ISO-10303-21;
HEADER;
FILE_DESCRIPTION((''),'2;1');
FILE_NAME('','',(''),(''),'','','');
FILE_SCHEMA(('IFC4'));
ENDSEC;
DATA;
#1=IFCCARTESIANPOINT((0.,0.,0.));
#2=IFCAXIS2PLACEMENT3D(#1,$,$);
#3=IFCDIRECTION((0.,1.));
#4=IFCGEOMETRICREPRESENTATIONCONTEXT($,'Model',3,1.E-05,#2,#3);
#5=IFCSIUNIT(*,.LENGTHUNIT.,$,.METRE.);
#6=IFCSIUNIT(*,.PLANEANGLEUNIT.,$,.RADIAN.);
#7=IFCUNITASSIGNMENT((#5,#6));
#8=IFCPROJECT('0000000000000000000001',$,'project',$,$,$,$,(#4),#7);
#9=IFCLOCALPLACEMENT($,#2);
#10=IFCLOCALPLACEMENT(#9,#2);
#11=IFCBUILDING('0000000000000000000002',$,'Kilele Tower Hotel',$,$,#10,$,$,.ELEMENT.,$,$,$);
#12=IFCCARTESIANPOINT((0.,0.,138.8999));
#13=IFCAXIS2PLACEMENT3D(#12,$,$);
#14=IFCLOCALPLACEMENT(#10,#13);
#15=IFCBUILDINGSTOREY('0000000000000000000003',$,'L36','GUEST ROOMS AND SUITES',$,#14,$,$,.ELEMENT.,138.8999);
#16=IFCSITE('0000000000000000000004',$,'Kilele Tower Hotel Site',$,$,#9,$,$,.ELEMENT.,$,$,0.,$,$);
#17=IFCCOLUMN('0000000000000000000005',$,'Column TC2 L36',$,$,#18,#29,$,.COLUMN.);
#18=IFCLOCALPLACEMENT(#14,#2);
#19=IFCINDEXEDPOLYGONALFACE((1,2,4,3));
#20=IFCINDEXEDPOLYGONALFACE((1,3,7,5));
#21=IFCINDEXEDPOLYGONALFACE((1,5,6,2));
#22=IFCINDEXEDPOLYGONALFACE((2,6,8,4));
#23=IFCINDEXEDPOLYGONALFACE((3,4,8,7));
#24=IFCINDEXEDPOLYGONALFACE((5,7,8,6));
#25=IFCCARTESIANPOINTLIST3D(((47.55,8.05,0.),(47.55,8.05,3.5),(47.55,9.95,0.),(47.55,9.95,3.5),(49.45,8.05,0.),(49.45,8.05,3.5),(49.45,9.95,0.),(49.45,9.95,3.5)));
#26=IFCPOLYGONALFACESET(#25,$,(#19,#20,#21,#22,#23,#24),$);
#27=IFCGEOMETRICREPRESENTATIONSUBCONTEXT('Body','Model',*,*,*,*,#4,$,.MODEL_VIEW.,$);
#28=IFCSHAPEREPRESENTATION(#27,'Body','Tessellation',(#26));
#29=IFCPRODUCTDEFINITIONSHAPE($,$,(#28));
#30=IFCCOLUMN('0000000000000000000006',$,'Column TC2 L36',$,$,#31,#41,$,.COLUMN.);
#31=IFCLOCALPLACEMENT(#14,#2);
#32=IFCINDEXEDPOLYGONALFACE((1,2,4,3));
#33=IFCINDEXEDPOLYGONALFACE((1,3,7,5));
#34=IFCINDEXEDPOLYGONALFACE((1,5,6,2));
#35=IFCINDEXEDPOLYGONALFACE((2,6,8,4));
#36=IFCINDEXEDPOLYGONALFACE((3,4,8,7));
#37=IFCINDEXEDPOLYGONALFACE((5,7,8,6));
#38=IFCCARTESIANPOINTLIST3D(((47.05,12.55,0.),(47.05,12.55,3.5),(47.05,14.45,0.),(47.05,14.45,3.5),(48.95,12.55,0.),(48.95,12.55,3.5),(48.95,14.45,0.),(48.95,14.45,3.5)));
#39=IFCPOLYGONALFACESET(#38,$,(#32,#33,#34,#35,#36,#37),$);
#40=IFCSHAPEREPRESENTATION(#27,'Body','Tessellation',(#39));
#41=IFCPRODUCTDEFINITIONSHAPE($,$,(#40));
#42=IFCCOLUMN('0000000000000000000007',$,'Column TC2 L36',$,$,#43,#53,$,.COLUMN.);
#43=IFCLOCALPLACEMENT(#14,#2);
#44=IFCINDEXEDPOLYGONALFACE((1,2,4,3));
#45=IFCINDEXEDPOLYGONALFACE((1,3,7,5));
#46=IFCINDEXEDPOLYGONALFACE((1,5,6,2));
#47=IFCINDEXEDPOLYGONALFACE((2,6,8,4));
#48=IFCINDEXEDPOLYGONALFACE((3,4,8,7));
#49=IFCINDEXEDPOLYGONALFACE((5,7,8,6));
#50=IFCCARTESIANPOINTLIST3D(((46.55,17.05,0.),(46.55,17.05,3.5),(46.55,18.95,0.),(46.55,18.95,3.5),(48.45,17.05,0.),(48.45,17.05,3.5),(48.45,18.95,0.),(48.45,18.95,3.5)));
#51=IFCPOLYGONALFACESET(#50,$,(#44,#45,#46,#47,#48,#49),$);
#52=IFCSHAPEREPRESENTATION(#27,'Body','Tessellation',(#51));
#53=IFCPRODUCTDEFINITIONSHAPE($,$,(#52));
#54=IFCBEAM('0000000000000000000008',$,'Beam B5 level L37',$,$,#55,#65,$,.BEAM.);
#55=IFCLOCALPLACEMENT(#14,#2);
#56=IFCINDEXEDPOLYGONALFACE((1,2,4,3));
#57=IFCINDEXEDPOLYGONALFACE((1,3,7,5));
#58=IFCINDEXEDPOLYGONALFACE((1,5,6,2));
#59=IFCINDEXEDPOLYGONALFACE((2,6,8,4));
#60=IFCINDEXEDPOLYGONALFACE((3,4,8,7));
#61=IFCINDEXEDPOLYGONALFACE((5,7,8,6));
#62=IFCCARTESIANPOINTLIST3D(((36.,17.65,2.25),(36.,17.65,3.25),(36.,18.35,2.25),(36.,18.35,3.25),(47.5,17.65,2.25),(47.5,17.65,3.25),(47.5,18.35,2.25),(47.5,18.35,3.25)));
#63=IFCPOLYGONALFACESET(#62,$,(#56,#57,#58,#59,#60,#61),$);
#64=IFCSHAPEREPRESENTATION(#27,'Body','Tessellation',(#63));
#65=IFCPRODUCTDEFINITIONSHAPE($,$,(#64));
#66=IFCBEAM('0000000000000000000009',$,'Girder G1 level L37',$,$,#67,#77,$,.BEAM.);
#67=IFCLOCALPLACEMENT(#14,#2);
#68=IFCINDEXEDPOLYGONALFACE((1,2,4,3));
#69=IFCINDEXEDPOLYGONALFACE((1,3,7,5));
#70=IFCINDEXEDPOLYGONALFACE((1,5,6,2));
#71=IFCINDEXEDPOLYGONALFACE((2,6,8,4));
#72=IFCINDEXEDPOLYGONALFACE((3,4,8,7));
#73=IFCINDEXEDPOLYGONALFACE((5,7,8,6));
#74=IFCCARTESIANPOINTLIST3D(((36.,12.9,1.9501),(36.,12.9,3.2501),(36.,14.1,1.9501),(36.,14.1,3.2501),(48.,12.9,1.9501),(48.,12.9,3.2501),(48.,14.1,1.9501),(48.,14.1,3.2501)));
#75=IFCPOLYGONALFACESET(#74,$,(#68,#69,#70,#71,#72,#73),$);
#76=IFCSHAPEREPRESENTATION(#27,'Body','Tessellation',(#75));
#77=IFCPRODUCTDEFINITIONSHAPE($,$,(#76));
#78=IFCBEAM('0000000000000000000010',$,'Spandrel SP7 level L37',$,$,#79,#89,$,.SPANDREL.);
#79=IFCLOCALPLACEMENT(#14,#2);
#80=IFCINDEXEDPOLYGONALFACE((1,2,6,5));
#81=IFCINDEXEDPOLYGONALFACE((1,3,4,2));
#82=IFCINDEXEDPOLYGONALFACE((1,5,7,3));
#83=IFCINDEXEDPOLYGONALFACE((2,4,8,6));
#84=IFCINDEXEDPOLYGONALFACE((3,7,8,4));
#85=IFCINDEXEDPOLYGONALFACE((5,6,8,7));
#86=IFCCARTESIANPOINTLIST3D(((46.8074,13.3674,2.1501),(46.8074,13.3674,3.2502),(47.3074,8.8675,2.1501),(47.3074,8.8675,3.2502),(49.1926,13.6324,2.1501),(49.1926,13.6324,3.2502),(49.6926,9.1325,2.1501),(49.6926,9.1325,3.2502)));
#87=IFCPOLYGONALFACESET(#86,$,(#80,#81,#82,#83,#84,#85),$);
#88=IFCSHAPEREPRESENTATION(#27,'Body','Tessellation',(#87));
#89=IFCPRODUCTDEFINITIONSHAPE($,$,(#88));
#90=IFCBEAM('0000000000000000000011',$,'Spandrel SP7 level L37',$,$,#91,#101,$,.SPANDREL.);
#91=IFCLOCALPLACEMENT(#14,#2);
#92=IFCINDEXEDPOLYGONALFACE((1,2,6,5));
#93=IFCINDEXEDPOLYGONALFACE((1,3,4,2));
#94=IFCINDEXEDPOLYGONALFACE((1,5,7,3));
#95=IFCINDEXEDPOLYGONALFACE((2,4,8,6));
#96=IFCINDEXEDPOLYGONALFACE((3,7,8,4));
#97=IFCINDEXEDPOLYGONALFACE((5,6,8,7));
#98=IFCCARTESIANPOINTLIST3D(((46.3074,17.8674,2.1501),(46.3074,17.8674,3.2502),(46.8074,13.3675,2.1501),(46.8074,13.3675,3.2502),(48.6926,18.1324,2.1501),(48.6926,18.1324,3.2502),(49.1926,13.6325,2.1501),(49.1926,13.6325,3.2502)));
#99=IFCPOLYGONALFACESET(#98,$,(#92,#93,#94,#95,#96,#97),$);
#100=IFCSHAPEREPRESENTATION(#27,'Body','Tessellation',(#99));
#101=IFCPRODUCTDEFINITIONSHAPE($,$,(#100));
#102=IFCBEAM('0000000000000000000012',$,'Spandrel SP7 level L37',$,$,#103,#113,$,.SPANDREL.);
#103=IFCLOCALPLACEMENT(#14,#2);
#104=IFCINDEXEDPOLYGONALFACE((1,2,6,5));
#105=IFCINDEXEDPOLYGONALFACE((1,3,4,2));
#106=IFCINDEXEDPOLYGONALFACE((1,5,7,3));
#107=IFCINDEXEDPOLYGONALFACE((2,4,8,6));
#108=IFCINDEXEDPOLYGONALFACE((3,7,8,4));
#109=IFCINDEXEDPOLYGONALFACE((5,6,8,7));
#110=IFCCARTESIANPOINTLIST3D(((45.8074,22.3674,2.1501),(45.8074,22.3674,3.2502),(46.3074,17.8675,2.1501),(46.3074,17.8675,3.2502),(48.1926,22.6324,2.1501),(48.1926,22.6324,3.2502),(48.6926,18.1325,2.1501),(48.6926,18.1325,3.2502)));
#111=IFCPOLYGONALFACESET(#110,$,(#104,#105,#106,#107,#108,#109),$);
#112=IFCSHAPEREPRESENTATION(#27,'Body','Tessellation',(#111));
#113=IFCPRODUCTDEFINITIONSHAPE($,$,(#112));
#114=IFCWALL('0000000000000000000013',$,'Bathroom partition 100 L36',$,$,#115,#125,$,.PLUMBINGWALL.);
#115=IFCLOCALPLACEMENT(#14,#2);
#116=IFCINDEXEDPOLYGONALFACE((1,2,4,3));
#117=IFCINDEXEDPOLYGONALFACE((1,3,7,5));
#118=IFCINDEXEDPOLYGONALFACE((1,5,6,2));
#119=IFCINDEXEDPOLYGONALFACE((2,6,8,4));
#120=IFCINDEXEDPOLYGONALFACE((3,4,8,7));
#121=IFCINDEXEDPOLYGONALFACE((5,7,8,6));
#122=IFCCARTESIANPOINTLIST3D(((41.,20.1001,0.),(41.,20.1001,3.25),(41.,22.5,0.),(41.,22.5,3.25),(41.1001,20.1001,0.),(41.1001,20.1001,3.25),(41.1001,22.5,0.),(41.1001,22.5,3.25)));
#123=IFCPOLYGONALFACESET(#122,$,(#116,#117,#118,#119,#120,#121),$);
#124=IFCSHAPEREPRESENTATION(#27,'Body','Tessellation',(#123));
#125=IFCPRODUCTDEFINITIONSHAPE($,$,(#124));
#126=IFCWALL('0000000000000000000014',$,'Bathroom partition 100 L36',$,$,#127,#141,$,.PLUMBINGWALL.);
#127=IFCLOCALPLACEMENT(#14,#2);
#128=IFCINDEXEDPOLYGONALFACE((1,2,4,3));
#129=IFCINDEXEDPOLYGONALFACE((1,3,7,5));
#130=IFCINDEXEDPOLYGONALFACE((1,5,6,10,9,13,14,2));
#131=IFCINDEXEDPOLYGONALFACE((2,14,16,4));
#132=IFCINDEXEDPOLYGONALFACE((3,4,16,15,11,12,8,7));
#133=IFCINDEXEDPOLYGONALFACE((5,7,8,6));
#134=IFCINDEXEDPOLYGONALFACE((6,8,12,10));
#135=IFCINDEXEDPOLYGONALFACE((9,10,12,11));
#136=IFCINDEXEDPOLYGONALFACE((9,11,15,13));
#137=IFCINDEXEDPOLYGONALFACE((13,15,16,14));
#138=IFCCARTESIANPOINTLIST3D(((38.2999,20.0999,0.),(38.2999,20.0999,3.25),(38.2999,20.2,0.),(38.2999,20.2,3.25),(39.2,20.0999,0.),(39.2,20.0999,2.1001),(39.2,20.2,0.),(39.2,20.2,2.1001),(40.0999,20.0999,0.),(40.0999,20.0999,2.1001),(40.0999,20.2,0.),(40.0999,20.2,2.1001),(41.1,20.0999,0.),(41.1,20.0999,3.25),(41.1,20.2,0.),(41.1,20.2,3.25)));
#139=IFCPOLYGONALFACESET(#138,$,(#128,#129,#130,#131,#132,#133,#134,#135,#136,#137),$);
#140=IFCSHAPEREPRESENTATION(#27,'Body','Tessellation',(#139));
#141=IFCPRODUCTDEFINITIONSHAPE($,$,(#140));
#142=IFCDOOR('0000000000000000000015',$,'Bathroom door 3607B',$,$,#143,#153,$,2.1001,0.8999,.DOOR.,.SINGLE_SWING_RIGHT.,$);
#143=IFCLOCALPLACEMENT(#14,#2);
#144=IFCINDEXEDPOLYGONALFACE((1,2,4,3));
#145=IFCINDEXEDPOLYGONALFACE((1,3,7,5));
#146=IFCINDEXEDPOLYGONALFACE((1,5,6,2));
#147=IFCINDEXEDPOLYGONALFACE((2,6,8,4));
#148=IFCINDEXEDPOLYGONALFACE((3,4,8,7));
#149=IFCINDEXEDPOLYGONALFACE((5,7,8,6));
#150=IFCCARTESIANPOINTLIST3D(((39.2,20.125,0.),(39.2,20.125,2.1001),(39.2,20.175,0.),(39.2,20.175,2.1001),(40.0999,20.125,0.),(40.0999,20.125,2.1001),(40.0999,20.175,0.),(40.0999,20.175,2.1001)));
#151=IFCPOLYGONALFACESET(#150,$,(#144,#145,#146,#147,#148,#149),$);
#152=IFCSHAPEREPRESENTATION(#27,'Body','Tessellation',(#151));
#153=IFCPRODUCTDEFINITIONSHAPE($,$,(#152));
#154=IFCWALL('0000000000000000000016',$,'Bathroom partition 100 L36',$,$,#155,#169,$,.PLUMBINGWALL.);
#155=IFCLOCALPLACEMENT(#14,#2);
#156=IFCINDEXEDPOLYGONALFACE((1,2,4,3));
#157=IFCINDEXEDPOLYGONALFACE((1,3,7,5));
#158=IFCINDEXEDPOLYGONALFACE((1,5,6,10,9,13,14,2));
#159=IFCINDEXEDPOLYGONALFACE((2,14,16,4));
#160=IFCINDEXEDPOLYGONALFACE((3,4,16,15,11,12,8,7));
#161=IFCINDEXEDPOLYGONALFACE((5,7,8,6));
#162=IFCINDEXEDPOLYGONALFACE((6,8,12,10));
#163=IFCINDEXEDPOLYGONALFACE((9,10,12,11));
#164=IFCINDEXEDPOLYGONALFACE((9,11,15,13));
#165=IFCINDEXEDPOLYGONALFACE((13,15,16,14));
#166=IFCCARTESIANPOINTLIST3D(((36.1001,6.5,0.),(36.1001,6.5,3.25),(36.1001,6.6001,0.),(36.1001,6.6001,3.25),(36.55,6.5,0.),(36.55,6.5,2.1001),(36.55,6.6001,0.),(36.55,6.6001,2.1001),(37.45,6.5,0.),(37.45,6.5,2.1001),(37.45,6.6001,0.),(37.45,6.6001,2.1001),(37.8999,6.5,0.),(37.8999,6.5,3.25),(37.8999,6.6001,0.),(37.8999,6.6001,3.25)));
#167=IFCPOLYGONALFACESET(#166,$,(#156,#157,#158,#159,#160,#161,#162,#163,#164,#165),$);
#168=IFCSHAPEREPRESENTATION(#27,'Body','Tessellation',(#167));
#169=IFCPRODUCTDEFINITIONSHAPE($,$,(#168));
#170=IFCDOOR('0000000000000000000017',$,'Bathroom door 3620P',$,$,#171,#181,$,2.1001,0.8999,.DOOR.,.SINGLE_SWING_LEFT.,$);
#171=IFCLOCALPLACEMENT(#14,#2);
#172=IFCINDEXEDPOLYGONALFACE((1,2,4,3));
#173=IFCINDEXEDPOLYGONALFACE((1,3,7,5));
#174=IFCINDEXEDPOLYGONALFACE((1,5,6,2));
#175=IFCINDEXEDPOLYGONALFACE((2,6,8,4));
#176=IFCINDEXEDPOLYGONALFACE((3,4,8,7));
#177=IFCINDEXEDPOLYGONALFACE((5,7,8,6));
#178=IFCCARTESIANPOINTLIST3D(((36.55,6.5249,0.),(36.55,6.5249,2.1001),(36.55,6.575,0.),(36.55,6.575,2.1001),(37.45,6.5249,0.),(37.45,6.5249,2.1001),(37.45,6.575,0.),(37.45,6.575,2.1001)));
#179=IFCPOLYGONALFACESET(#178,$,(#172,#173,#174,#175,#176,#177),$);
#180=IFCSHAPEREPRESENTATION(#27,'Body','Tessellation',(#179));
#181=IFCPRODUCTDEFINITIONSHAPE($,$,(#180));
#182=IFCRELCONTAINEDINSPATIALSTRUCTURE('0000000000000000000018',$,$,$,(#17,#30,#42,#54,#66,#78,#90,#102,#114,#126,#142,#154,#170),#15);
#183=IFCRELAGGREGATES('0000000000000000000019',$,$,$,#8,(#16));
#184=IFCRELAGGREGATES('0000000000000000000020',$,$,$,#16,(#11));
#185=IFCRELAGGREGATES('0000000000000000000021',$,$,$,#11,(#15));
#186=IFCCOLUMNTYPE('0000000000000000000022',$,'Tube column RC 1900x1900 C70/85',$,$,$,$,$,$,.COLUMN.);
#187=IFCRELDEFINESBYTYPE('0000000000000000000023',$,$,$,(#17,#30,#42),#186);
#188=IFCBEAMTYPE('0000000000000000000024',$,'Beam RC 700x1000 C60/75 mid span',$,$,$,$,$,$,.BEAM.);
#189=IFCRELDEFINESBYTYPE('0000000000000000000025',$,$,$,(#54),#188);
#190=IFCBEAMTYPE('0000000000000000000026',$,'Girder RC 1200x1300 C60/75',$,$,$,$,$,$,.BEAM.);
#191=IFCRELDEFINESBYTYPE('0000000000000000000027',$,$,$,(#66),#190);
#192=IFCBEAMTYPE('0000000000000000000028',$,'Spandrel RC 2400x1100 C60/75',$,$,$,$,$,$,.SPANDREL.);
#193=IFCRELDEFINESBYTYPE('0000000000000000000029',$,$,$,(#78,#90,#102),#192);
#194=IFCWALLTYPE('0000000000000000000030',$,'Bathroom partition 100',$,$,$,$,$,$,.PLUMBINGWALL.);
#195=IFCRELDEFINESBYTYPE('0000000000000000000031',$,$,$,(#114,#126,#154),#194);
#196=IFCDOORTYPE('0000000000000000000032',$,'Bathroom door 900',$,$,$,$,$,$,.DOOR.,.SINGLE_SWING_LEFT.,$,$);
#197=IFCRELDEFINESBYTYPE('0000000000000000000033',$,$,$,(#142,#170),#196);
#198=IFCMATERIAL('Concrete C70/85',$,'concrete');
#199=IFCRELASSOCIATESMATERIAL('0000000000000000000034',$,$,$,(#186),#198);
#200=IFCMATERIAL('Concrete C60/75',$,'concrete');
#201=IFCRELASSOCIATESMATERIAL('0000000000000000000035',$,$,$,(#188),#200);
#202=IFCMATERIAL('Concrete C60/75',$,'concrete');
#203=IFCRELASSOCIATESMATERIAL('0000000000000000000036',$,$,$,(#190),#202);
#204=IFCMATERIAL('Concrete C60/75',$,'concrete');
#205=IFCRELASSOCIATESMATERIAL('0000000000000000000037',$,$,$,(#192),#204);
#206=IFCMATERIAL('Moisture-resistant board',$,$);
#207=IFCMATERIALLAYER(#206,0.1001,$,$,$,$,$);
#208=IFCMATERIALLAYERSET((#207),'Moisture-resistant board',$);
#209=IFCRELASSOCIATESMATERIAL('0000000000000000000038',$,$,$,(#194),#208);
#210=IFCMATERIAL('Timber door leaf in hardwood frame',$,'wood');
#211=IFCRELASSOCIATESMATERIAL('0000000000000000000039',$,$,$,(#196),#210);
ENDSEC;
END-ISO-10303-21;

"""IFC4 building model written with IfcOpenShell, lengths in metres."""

from ifc_helpers import new_model, si_unit, direction, frame, frame_2d, origin, origin_2d, place, context, subcontext, project, spatial, rectangle, extrude, material, layer, layer_set, material_profile, profile_set, type_object, element, fill, save


model = new_model("IFC4")

# Units and contexts
model_context = context("Model", 3, precision=1e-05, world=origin(), true_north=direction((0.0, 1.0)))
body_context = subcontext(model_context, "Body", "Model", "MODEL_VIEW")
ifc_project = project(units=[si_unit("LENGTHUNIT", "METRE"), si_unit("PLANEANGLEUNIT", "RADIAN")], contexts=[model_context])

# Site, building, storey
site_placement = place(None, origin())
site = spatial("IfcSite", under=ifc_project, at=site_placement, Name="Kilele Tower Hotel Site", CompositionType="ELEMENT", RefElevation=0.0)
building_placement = place(site_placement, origin())
building = spatial("IfcBuilding", under=site, at=building_placement, Name="Kilele Tower Hotel", CompositionType="ELEMENT")
storey_placement = place(building_placement, frame((0.0, 0.0, 138.8999)))
storey = spatial("IfcBuildingStorey", under=building, at=storey_placement, Name="L36", Description="GUEST ROOMS AND SUITES", CompositionType="ELEMENT", Elevation=138.8999)

# Columns
ifc_material_1 = material(Name="Concrete C70/85", Category="concrete")
ifc_material_profile_1 = material_profile(ifc_material_1, rectangle(XDim=1.8999, YDim=1.8999, at=origin_2d()))
ifc_profile_set_1 = profile_set([ifc_material_profile_1], Name="Concrete C70/85")
column_type = type_object("IfcColumnType", Name="Tube column RC 1900x1900 C70/85", PredefinedType="COLUMN", material=ifc_profile_set_1)
for number, where, z_axis, x_axis, name in (
    (1, (48.5, 9.0, 0.0), (0.0, 0.0, 1.0), (1.0, 0.0, 0.0), "Column TC2 L36"),
    (2, (48.0, 13.5, 0.0), (0.0, 0.0, 1.0), (1.0, 0.0, 0.0), "Column TC2 L36"),
    (3, (47.5, 18.0, 0.0), (0.0, 0.0, 1.0), (1.0, 0.0, 0.0), "Column TC2 L36"),
):
    element("IfcColumn", number, at=place(storey_placement, frame(where, z_axis=z_axis, x_axis=x_axis)), inside=storey, type_object=column_type, Name=name, PredefinedType="COLUMN", context=body_context, shape_type="SweptSolid", body=[
        extrude(rectangle(XDim=1.8999, YDim=1.8999, at=origin_2d()), origin(), (0.0, 0.0, 1.0), 3.5),
    ])

# Beams
ifc_material_2 = material(Name="Concrete C60/75", Category="concrete")
ifc_material_profile_2 = material_profile(ifc_material_2, rectangle(XDim=0.7, YDim=1.0, at=origin_2d()))
ifc_profile_set_2 = profile_set([ifc_material_profile_2], Name="Concrete C60/75")
beam_type_1 = type_object("IfcBeamType", Name="Beam RC 700x1000 C60/75 mid span", PredefinedType="BEAM", material=ifc_profile_set_2)
beam_1_placement = place(storey_placement, frame((47.5, 18.0, 2.75), z_axis=(-1.0, 0.0, 0.0), x_axis=(0.0, -1.0, 0.0)))
element("IfcBeam", 4, at=beam_1_placement, inside=storey, type_object=beam_type_1, Name="Beam B5 level L37", PredefinedType="BEAM", context=body_context, shape_type="SweptSolid", body=[
    extrude(rectangle(XDim=0.7, YDim=1.0, at=origin_2d()), origin(), (0.0, 0.0, 1.0), 11.5),
])
ifc_material_3 = material(Name="Concrete C60/75", Category="concrete")
ifc_material_profile_3 = material_profile(ifc_material_3, rectangle(XDim=1.2, YDim=1.3, at=origin_2d()))
ifc_profile_set_3 = profile_set([ifc_material_profile_3], Name="Concrete C60/75")
beam_type_2 = type_object("IfcBeamType", Name="Girder RC 1200x1300 C60/75", PredefinedType="BEAM", material=ifc_profile_set_3)
beam_2_placement = place(storey_placement, frame((48.0, 13.5, 2.6001), z_axis=(-1.0, 0.0, 0.0), x_axis=(0.0, -1.0, 0.0)))
element("IfcBeam", 5, at=beam_2_placement, inside=storey, type_object=beam_type_2, Name="Girder G1 level L37", PredefinedType="BEAM", context=body_context, shape_type="SweptSolid", body=[
    extrude(rectangle(XDim=1.2, YDim=1.3, at=origin_2d()), origin(), (0.0, 0.0, 1.0), 12.0),
])
ifc_material_4 = material(Name="Concrete C60/75", Category="concrete")
ifc_material_profile_4 = material_profile(ifc_material_4, rectangle(XDim=2.3999, YDim=1.1001, at=origin_2d()))
ifc_profile_set_4 = profile_set([ifc_material_profile_4], Name="Concrete C60/75")
beam_type_3 = type_object("IfcBeamType", Name="Spandrel RC 2400x1100 C60/75", PredefinedType="SPANDREL", material=ifc_profile_set_4)
for number, where, z_axis, x_axis, name in (
    (6, (48.5, 9.0, 2.7002), (-0.110432, 0.993884, 0.0), (-0.993884, -0.110432, 0.0), "Spandrel SP7 level L37"),
    (7, (48.0, 13.5, 2.7002), (-0.110432, 0.993884, 0.0), (-0.993884, -0.110432, 0.0), "Spandrel SP7 level L37"),
    (8, (47.5, 18.0, 2.7002), (-0.110432, 0.993884, 0.0), (-0.993884, -0.110432, 0.0), "Spandrel SP7 level L37"),
):
    element("IfcBeam", number, at=place(storey_placement, frame(where, z_axis=z_axis, x_axis=x_axis)), inside=storey, type_object=beam_type_3, Name=name, PredefinedType="SPANDREL", context=body_context, shape_type="SweptSolid", body=[
        extrude(rectangle(XDim=2.3999, YDim=1.1001, at=origin_2d()), origin(), (0.0, 0.0, 1.0), 4.5276),
    ])

# Wall
ifc_material_5 = material(Name="Moisture-resistant board")
ifc_layer_1 = layer(ifc_material_5, 0.1001)
ifc_layer_set_1 = layer_set([ifc_layer_1], Name="Moisture-resistant board")
wall_type_1 = type_object("IfcWallType", Name="Bathroom partition 100", PredefinedType="PLUMBINGWALL", material=ifc_layer_set_1)
wall_1_placement = place(storey_placement, frame((41.05, 20.1001, 0.0), z_axis=(0.0, 0.0, 1.0), x_axis=(0.0, 1.0, 0.0)))
element("IfcWall", 9, at=wall_1_placement, inside=storey, type_object=wall_type_1, Name="Bathroom partition 100 L36", PredefinedType="PLUMBINGWALL", context=body_context, shape_type="SweptSolid", body=[
    extrude(rectangle(XDim=2.3999, YDim=0.1001, at=frame_2d((1.2, 0.0))), origin(), (0.0, 0.0, 1.0), 3.25),
])

# Walls, openings, doors
wall_2_placement = place(storey_placement, frame((38.3, 20.1499, 0.0), z_axis=(0.0, 0.0, 1.0), x_axis=(1.0, 0.0, 0.0)))
wall_2 = element("IfcWall", 10, at=wall_2_placement, inside=storey, type_object=wall_type_1, Name="Bathroom partition 100 L36", PredefinedType="PLUMBINGWALL", context=body_context, shape_type="SweptSolid", body=[
    extrude(rectangle(XDim=2.8, YDim=0.1001, at=frame_2d((1.3999, 0.0))), origin(), (0.0, 0.0, 1.0), 3.25),
])
opening_1_placement = place(wall_2_placement, frame((1.7998, 0.0, 0.0), z_axis=(0.0, 0.0, 1.0), x_axis=(-1.0, 0.0, 0.0)))
opening_1 = element("IfcOpeningElement", 11, at=opening_1_placement, cuts=wall_2, PredefinedType="OPENING", context=body_context, shape_type="SweptSolid", body=[
    extrude(rectangle(XDim=0.8999, YDim=2.1001, at=frame_2d((0.45, 1.05))), frame((0.0, 0.0601, 0.0), z_axis=(0.0, -1.0, 0.0), x_axis=(1.0, 0.0, 0.0)), (0.0, 0.0, 1.0), 0.1201),
])
ifc_material_6 = material(Name="Timber door leaf in hardwood frame", Category="wood")
door_type_1 = type_object("IfcDoorType", Name="Bathroom door 900", OperationType="SINGLE_SWING_LEFT", PredefinedType="DOOR", material=ifc_material_6)
door_1_placement = place(opening_1_placement, origin())
door_1 = element("IfcDoor", 12, at=door_1_placement, inside=storey, type_object=door_type_1, Name="Bathroom door 3607B", OperationType="SINGLE_SWING_RIGHT", OverallHeight=2.1001, OverallWidth=0.8999, PredefinedType="DOOR", context=body_context, shape_type="SweptSolid", body=[
    extrude(rectangle(XDim=0.8999, YDim=2.1001, at=frame_2d((0.45, 1.05))), frame((0.0, 0.0249, 0.0), z_axis=(0.0, -1.0, 0.0), x_axis=(1.0, 0.0, 0.0)), (0.0, 0.0, 1.0), 0.05),
])
fill(opening_1, door_1)
wall_3_placement = place(storey_placement, frame((36.1001, 6.55, 0.0), z_axis=(0.0, 0.0, 1.0), x_axis=(1.0, 0.0, 0.0)))
wall_3 = element("IfcWall", 13, at=wall_3_placement, inside=storey, type_object=wall_type_1, Name="Bathroom partition 100 L36", PredefinedType="PLUMBINGWALL", context=body_context, shape_type="SweptSolid", body=[
    extrude(rectangle(XDim=1.7998, YDim=0.1001, at=frame_2d((0.8999, 0.0))), origin(), (0.0, 0.0, 1.0), 3.25),
])
opening_2_placement = place(wall_3_placement, frame((0.45, 0.0, 0.0)))
opening_2 = element("IfcOpeningElement", 14, at=opening_2_placement, cuts=wall_3, PredefinedType="OPENING", context=body_context, shape_type="SweptSolid", body=[
    extrude(rectangle(XDim=0.8999, YDim=2.1001, at=frame_2d((0.45, 1.05))), frame((0.0, 0.0601, 0.0), z_axis=(0.0, -1.0, 0.0), x_axis=(1.0, 0.0, 0.0)), (0.0, 0.0, 1.0), 0.1201),
])
door_2_placement = place(opening_2_placement, origin())
door_2 = element("IfcDoor", 15, at=door_2_placement, inside=storey, type_object=door_type_1, Name="Bathroom door 3620P", OperationType="SINGLE_SWING_LEFT", OverallHeight=2.1001, OverallWidth=0.8999, PredefinedType="DOOR", context=body_context, shape_type="SweptSolid", body=[
    extrude(rectangle(XDim=0.8999, YDim=2.1001, at=frame_2d((0.45, 1.05))), frame((0.0, 0.0249, 0.0), z_axis=(0.0, -1.0, 0.0), x_axis=(1.0, 0.0, 0.0)), (0.0, 0.0, 1.0), 0.05),
])
fill(opening_2, door_2)

save(model, "model.ifc")
